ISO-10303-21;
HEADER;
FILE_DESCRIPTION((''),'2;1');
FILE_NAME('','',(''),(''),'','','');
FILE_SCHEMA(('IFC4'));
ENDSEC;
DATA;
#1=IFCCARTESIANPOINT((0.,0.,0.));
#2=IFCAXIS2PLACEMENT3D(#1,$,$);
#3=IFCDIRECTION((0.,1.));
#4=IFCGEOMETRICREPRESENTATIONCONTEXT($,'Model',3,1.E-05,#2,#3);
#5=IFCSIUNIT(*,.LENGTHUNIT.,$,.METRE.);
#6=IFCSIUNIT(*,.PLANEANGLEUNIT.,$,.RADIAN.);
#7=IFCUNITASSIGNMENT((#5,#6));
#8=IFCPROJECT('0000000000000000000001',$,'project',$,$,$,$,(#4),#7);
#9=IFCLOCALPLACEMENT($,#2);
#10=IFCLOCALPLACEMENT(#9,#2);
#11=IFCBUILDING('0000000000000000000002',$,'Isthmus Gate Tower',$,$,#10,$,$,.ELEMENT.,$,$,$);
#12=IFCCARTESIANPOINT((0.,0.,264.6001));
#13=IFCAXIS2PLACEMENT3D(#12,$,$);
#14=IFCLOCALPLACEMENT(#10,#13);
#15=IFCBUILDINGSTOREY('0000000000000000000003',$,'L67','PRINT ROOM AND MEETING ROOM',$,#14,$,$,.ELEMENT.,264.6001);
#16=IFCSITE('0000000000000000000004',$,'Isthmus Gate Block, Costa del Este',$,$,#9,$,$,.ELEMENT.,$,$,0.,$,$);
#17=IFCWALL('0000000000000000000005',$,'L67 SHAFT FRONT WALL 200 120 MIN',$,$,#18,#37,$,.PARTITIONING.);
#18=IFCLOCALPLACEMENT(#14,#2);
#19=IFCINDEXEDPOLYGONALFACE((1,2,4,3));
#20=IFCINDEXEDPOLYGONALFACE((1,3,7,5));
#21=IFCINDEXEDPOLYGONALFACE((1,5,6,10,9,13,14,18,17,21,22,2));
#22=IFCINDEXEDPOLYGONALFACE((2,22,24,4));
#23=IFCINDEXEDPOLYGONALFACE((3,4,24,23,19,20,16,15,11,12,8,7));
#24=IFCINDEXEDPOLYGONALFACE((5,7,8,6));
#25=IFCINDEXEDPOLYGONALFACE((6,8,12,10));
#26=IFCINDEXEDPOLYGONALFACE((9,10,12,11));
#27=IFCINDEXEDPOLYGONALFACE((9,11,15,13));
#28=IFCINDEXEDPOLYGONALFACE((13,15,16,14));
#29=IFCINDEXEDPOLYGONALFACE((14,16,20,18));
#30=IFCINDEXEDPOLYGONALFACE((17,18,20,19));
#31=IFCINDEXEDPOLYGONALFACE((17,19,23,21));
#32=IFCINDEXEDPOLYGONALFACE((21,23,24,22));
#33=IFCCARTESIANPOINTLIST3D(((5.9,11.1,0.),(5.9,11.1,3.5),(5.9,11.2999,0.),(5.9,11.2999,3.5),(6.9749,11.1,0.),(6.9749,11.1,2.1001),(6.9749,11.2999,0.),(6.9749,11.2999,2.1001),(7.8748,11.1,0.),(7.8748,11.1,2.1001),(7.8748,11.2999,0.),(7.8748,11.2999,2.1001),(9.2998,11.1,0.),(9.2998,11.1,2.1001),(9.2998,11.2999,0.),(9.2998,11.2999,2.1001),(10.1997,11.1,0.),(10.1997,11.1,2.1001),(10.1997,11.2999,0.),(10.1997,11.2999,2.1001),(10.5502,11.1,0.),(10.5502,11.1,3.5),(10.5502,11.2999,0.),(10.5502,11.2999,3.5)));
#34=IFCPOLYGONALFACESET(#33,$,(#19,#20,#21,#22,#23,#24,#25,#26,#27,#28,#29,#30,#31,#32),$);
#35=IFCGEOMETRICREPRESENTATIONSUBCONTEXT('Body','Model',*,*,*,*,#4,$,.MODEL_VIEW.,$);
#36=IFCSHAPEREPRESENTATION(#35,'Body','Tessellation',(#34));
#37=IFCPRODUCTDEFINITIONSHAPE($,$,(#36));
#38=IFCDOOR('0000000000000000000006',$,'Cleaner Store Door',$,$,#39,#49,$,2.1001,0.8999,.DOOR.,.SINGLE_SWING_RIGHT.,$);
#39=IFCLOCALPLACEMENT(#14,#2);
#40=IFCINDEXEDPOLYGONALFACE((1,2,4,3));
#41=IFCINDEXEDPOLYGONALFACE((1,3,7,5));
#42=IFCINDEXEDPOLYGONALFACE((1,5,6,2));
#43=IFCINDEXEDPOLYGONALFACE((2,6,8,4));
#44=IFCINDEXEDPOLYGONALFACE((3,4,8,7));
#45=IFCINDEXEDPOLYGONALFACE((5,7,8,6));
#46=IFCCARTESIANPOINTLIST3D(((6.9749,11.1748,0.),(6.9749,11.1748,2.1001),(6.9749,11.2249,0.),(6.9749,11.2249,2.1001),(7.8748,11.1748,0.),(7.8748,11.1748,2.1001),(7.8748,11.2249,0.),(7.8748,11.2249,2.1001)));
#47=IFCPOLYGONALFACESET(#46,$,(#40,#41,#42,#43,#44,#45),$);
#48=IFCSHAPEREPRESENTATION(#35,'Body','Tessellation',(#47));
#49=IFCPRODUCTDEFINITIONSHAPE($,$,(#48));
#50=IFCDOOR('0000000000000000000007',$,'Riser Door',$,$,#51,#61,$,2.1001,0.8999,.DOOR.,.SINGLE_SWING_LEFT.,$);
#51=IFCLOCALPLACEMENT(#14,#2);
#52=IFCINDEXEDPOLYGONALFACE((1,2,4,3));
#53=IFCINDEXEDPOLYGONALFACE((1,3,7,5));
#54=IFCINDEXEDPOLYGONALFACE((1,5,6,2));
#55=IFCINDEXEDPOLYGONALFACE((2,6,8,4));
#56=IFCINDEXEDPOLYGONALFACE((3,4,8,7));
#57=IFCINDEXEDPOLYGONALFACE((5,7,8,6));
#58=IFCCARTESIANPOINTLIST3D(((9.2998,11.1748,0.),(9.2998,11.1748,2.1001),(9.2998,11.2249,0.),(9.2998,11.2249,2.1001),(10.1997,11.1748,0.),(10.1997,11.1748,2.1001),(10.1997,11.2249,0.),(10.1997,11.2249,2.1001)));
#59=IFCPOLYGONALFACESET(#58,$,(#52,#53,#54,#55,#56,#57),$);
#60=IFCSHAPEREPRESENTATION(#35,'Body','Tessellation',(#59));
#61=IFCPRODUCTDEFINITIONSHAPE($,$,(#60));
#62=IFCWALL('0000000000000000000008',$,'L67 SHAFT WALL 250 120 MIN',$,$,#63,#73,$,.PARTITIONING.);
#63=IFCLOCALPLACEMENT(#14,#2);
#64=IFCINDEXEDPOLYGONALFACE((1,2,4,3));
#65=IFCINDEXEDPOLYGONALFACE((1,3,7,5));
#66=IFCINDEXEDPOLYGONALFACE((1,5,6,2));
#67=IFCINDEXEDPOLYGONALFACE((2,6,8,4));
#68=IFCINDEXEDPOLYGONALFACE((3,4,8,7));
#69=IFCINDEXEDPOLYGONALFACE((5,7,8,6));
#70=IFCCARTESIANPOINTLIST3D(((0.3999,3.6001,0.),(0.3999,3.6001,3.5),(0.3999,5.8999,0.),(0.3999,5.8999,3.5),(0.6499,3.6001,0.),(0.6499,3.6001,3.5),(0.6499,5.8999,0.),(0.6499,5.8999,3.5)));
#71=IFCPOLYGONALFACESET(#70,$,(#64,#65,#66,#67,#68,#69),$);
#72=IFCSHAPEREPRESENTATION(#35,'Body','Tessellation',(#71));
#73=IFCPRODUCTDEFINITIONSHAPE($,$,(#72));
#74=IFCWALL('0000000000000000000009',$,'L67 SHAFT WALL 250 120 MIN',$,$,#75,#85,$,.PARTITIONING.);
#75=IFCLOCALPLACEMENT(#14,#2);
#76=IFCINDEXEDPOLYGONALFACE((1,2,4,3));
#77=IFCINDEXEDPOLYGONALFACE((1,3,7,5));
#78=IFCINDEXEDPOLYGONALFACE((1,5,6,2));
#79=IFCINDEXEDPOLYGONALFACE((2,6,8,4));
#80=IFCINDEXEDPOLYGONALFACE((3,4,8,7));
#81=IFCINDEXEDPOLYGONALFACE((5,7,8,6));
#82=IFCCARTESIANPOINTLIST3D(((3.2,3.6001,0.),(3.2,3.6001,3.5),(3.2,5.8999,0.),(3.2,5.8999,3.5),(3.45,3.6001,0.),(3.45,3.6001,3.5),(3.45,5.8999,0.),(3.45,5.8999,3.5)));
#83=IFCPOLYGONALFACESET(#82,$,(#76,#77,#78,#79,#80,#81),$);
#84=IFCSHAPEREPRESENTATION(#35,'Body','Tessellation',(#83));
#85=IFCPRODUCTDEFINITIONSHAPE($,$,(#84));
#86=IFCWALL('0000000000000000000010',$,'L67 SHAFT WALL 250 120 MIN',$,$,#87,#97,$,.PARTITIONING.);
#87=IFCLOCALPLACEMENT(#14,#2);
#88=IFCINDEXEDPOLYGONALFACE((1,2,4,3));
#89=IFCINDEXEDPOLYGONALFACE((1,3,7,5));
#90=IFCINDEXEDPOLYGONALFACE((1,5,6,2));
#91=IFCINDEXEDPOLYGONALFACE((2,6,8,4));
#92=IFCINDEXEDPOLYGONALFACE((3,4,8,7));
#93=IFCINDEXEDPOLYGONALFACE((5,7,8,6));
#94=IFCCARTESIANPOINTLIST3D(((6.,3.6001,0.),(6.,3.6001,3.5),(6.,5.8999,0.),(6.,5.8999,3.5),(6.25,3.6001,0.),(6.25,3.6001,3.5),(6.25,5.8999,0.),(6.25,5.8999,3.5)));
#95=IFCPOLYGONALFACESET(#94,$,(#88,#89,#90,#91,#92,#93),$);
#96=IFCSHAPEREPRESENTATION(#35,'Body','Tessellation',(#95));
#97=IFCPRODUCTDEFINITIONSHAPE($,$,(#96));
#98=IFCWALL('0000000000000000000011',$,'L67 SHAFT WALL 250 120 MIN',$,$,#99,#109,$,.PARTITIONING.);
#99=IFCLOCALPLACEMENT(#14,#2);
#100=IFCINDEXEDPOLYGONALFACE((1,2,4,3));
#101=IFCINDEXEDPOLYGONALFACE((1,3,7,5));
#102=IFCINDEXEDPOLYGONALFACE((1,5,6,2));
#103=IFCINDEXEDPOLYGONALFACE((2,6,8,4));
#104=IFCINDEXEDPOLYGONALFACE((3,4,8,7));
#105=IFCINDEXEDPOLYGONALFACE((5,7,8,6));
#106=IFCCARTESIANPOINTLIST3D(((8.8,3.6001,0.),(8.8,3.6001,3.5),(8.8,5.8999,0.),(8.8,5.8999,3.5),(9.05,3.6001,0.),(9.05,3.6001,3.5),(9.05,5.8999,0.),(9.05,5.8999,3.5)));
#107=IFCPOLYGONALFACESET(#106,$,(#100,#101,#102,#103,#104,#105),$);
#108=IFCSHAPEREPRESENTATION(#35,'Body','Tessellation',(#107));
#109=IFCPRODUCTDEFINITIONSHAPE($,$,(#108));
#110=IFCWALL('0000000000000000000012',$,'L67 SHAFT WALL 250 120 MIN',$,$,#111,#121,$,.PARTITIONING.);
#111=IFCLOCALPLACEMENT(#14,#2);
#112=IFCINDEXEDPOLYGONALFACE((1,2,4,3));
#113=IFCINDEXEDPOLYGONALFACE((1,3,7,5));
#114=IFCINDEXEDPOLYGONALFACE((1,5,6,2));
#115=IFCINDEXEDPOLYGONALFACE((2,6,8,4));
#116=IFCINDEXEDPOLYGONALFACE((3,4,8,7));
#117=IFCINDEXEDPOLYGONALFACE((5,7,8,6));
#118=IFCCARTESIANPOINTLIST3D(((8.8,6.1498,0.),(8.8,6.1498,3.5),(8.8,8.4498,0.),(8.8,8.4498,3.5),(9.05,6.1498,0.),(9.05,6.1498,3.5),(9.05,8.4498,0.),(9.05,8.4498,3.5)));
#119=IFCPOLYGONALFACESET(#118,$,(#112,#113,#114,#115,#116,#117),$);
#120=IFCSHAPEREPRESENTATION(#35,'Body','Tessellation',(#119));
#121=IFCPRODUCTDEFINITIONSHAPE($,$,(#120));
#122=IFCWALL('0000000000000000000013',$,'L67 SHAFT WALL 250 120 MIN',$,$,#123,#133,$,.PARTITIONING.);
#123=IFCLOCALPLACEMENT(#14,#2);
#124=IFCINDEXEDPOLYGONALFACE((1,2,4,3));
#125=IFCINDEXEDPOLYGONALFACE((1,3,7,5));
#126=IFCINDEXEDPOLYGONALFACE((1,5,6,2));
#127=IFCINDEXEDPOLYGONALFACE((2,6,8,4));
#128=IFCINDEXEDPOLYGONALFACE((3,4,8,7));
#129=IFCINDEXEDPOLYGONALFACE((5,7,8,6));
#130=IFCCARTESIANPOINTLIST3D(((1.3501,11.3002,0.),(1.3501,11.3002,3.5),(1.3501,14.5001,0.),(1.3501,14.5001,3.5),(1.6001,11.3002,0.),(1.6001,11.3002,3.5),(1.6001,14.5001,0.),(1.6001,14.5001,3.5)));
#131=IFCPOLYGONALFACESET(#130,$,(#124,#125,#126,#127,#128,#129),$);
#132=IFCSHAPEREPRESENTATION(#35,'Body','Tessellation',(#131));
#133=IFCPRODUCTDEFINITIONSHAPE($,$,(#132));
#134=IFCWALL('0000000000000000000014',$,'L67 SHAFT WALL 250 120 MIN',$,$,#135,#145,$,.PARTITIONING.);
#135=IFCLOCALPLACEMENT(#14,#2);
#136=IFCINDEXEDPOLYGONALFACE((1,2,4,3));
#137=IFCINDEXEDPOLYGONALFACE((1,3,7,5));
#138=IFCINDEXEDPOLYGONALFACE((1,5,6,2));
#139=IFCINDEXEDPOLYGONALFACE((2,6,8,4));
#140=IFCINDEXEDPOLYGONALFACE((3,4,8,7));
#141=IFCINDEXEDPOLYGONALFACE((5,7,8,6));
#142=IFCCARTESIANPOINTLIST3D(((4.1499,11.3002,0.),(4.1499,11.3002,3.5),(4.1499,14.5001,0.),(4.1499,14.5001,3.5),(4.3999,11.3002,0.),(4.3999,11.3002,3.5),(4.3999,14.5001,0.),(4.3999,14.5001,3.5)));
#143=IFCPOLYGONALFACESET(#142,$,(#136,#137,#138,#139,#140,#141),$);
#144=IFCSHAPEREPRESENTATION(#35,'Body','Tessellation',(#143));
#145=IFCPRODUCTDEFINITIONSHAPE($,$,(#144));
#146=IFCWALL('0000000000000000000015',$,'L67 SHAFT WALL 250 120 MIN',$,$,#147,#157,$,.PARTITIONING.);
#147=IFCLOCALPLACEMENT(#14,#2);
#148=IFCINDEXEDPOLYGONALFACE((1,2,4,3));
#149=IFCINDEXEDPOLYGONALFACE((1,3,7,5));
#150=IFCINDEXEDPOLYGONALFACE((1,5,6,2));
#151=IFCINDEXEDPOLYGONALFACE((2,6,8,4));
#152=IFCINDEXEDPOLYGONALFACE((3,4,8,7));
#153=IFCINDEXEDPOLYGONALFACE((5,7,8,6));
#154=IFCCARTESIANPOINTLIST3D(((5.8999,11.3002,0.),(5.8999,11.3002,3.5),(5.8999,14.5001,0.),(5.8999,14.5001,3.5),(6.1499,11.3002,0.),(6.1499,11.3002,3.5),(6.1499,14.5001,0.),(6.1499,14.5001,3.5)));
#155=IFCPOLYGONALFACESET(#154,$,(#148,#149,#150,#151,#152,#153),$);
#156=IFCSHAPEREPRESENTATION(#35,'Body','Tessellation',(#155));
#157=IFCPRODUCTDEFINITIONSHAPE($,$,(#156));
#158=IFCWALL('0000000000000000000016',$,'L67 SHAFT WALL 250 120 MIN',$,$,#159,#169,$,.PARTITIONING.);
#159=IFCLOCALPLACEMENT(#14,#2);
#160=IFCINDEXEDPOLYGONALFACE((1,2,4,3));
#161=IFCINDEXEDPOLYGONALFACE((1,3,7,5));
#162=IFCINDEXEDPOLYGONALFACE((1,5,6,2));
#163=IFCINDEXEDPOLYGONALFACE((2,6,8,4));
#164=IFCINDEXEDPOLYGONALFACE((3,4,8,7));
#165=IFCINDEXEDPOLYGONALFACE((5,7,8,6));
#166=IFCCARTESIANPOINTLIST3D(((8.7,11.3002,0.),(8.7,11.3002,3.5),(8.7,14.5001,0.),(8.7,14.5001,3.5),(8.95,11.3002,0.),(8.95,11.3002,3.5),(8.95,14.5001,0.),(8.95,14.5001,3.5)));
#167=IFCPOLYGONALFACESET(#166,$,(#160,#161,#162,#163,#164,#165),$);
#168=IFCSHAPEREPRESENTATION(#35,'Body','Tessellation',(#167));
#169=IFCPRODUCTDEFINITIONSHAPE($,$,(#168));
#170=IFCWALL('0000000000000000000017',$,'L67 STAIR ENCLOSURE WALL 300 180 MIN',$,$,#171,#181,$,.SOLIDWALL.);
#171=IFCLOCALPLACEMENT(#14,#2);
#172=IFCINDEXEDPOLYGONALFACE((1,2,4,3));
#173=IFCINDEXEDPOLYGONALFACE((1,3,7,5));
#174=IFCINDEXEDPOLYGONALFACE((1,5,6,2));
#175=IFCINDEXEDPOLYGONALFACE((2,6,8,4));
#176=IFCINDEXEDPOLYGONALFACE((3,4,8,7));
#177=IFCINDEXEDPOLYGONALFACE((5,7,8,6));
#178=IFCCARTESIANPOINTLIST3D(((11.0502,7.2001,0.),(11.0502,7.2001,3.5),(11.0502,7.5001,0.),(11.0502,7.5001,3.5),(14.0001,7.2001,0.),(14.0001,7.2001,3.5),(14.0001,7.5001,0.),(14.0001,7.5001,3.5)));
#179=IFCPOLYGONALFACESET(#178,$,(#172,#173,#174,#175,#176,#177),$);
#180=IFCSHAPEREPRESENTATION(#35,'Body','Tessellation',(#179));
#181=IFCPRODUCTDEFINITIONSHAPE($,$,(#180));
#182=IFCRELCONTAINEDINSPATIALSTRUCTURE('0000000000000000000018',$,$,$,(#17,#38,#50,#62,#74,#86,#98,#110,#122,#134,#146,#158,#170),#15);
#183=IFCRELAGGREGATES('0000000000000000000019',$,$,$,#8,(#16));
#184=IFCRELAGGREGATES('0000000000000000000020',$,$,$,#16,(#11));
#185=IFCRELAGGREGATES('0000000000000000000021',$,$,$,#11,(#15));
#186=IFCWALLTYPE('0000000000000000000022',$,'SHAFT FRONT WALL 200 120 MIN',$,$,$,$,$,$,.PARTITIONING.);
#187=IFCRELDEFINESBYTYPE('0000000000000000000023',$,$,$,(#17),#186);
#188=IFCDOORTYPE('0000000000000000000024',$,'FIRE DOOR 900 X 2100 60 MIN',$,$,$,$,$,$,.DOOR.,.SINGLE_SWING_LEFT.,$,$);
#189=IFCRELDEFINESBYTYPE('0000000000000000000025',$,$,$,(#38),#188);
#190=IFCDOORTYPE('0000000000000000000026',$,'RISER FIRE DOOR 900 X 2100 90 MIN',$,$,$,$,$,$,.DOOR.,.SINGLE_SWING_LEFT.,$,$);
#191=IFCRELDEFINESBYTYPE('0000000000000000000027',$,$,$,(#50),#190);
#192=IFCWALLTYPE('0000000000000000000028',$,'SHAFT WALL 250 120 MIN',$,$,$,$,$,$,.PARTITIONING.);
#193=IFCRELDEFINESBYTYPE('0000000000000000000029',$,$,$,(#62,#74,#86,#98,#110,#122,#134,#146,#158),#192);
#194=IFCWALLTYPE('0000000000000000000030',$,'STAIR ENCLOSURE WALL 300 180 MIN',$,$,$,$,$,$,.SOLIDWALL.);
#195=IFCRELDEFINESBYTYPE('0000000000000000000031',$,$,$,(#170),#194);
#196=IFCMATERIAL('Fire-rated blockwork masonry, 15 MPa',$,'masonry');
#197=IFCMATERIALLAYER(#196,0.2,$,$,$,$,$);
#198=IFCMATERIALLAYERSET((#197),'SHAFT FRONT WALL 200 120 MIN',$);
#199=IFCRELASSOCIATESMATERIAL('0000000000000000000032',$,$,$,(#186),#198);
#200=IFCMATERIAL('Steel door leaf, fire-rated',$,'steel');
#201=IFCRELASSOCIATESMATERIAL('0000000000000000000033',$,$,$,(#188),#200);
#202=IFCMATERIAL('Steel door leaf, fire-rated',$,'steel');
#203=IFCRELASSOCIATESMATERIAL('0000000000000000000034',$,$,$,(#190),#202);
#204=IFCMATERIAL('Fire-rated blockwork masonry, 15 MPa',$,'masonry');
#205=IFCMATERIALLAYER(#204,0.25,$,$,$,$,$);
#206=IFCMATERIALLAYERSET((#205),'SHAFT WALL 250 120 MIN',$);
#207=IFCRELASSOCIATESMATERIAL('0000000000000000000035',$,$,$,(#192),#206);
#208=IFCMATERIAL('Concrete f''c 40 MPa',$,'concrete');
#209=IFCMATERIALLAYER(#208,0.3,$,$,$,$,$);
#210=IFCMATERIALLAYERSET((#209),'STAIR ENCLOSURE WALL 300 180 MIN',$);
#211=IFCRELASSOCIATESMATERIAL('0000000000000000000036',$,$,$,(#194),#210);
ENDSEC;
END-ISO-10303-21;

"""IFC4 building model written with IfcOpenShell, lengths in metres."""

from ifc_helpers import new_model, si_unit, direction, frame, frame_2d, origin, place, context, subcontext, project, spatial, rectangle, extrude, material, layer, layer_set, type_object, element, fill, save


model = new_model("IFC4")

# Units and contexts
model_context = context("Model", 3, precision=1e-05, world=origin(), true_north=direction((0.0, 1.0)))
body_context = subcontext(model_context, "Body", "Model", "MODEL_VIEW")
ifc_project = project(units=[si_unit("LENGTHUNIT", "METRE"), si_unit("PLANEANGLEUNIT", "RADIAN")], contexts=[model_context])

# Site, building, storey
site_placement = place(None, origin())
site = spatial("IfcSite", under=ifc_project, at=site_placement, Name="Isthmus Gate Block, Costa del Este", CompositionType="ELEMENT", RefElevation=0.0)
building_placement = place(site_placement, origin())
building = spatial("IfcBuilding", under=site, at=building_placement, Name="Isthmus Gate Tower", CompositionType="ELEMENT")
storey_placement = place(building_placement, frame((0.0, 0.0, 264.6001)))
storey = spatial("IfcBuildingStorey", under=building, at=storey_placement, Name="L67", Description="PRINT ROOM AND MEETING ROOM", CompositionType="ELEMENT", Elevation=264.6001)

# Wall, openings, doors
ifc_material_1 = material(Name="Fire-rated blockwork masonry, 15 MPa", Category="masonry")
ifc_layer_1 = layer(ifc_material_1, 0.2)
ifc_layer_set_1 = layer_set([ifc_layer_1], Name="SHAFT FRONT WALL 200 120 MIN")
wall_type_1 = type_object("IfcWallType", Name="SHAFT FRONT WALL 200 120 MIN", PredefinedType="PARTITIONING", material=ifc_layer_set_1)
wall_1_placement = place(storey_placement, frame((5.8999, 11.2, 0.0), z_axis=(0.0, 0.0, 1.0), x_axis=(1.0, 0.0, 0.0)))
wall_1 = element("IfcWall", 1, at=wall_1_placement, inside=storey, type_object=wall_type_1, Name="L67 SHAFT FRONT WALL 200 120 MIN", PredefinedType="PARTITIONING", context=body_context, shape_type="SweptSolid", body=[
    extrude(rectangle(XDim=4.6501, YDim=0.2, at=frame_2d((2.3252, 0.0))), origin(), (0.0, 0.0, 1.0), 3.5),
])
opening_1_placement = place(wall_1_placement, frame((1.075, 0.0, 0.0)))
opening_1 = element("IfcOpeningElement", 2, at=opening_1_placement, cuts=wall_1, PredefinedType="OPENING", context=body_context, shape_type="SweptSolid", body=[
    extrude(rectangle(XDim=0.8999, YDim=2.1001, at=frame_2d((0.45, 1.05))), frame((0.0, 0.1099, 0.0), z_axis=(0.0, -1.0, 0.0), x_axis=(1.0, 0.0, 0.0)), (0.0, 0.0, 1.0), 0.22),
])
opening_2_placement = place(wall_1_placement, frame((3.3999, 0.0, 0.0)))
opening_2 = element("IfcOpeningElement", 3, at=opening_2_placement, cuts=wall_1, PredefinedType="OPENING", context=body_context, shape_type="SweptSolid", body=[
    extrude(rectangle(XDim=0.8999, YDim=2.1001, at=frame_2d((0.45, 1.05))), frame((0.0, 0.1099, 0.0), z_axis=(0.0, -1.0, 0.0), x_axis=(1.0, 0.0, 0.0)), (0.0, 0.0, 1.0), 0.22),
])
ifc_material_2 = material(Name="Steel door leaf, fire-rated", Category="steel")
door_type_1 = type_object("IfcDoorType", Name="FIRE DOOR 900 X 2100 60 MIN", OperationType="SINGLE_SWING_LEFT", PredefinedType="DOOR", material=ifc_material_2)
door_1_placement = place(opening_1_placement, origin())
door_1 = element("IfcDoor", 4, at=door_1_placement, inside=storey, type_object=door_type_1, Name="Cleaner Store Door", OperationType="SINGLE_SWING_RIGHT", OverallHeight=2.1001, OverallWidth=0.8999, PredefinedType="DOOR", context=body_context, shape_type="SweptSolid", body=[
    extrude(rectangle(XDim=0.8999, YDim=2.1001, at=frame_2d((0.45, 1.05))), frame((0.0, 0.0249, 0.0), z_axis=(0.0, -1.0, 0.0), x_axis=(1.0, 0.0, 0.0)), (0.0, 0.0, 1.0), 0.05),
])
fill(opening_1, door_1)
ifc_material_3 = material(Name="Steel door leaf, fire-rated", Category="steel")
door_type_2 = type_object("IfcDoorType", Name="RISER FIRE DOOR 900 X 2100 90 MIN", OperationType="SINGLE_SWING_LEFT", PredefinedType="DOOR", material=ifc_material_3)
door_2_placement = place(opening_2_placement, origin())
door_2 = element("IfcDoor", 5, at=door_2_placement, inside=storey, type_object=door_type_2, Name="Riser Door", OperationType="SINGLE_SWING_LEFT", OverallHeight=2.1001, OverallWidth=0.8999, PredefinedType="DOOR", context=body_context, shape_type="SweptSolid", body=[
    extrude(rectangle(XDim=0.8999, YDim=2.1001, at=frame_2d((0.45, 1.05))), frame((0.0, 0.0249, 0.0), z_axis=(0.0, -1.0, 0.0), x_axis=(1.0, 0.0, 0.0)), (0.0, 0.0, 1.0), 0.05),
])
fill(opening_2, door_2)

# Walls
ifc_material_4 = material(Name="Fire-rated blockwork masonry, 15 MPa", Category="masonry")
ifc_layer_2 = layer(ifc_material_4, 0.25)
ifc_layer_set_2 = layer_set([ifc_layer_2], Name="SHAFT WALL 250 120 MIN")
wall_type_2 = type_object("IfcWallType", Name="SHAFT WALL 250 120 MIN", PredefinedType="PARTITIONING", material=ifc_layer_set_2)
for number, where, z_axis, x_axis, name in (
    (6, (0.5249, 3.6001, 0.0), (0.0, 0.0, 1.0), (0.0, 1.0, 0.0), "L67 SHAFT WALL 250 120 MIN"),
    (7, (3.325, 3.6001, 0.0), (0.0, 0.0, 1.0), (0.0, 1.0, 0.0), "L67 SHAFT WALL 250 120 MIN"),
    (8, (6.125, 3.6001, 0.0), (0.0, 0.0, 1.0), (0.0, 1.0, 0.0), "L67 SHAFT WALL 250 120 MIN"),
    (9, (8.925, 3.6001, 0.0), (0.0, 0.0, 1.0), (0.0, 1.0, 0.0), "L67 SHAFT WALL 250 120 MIN"),
):
    element("IfcWall", number, at=place(storey_placement, frame(where, z_axis=z_axis, x_axis=x_axis)), inside=storey, type_object=wall_type_2, Name=name, PredefinedType="PARTITIONING", context=body_context, shape_type="SweptSolid", body=[
        extrude(rectangle(XDim=2.2998, YDim=0.25, at=frame_2d((1.1499, 0.0))), origin(), (0.0, 0.0, 1.0), 3.5),
    ])
wall_2_placement = place(storey_placement, frame((8.925, 6.1499, 0.0), z_axis=(0.0, 0.0, 1.0), x_axis=(0.0, 1.0, 0.0)))
element("IfcWall", 10, at=wall_2_placement, inside=storey, type_object=wall_type_2, Name="L67 SHAFT WALL 250 120 MIN", PredefinedType="PARTITIONING", context=body_context, shape_type="SweptSolid", body=[
    extrude(rectangle(XDim=2.3, YDim=0.25, at=frame_2d((1.1499, 0.0))), origin(), (0.0, 0.0, 1.0), 3.5),
])
for number, where, z_axis, x_axis, name in (
    (11, (1.4751, 11.3, 0.0), (0.0, 0.0, 1.0), (0.0, 1.0, 0.0), "L67 SHAFT WALL 250 120 MIN"),
    (12, (4.2749, 11.3, 0.0), (0.0, 0.0, 1.0), (0.0, 1.0, 0.0), "L67 SHAFT WALL 250 120 MIN"),
    (13, (6.0249, 11.3, 0.0), (0.0, 0.0, 1.0), (0.0, 1.0, 0.0), "L67 SHAFT WALL 250 120 MIN"),
    (14, (8.825, 11.3, 0.0), (0.0, 0.0, 1.0), (0.0, 1.0, 0.0), "L67 SHAFT WALL 250 120 MIN"),
):
    element("IfcWall", number, at=place(storey_placement, frame(where, z_axis=z_axis, x_axis=x_axis)), inside=storey, type_object=wall_type_2, Name=name, PredefinedType="PARTITIONING", context=body_context, shape_type="SweptSolid", body=[
        extrude(rectangle(XDim=3.2, YDim=0.25, at=frame_2d((1.6001, 0.0))), origin(), (0.0, 0.0, 1.0), 3.5),
    ])
ifc_material_5 = material(Name="Concrete f'c 40 MPa", Category="concrete")
ifc_layer_3 = layer(ifc_material_5, 0.3)
ifc_layer_set_3 = layer_set([ifc_layer_3], Name="STAIR ENCLOSURE WALL 300 180 MIN")
wall_type_3 = type_object("IfcWallType", Name="STAIR ENCLOSURE WALL 300 180 MIN", PredefinedType="SOLIDWALL", material=ifc_layer_set_3)
wall_3_placement = place(storey_placement, frame((11.05, 7.3501, 0.0), z_axis=(0.0, 0.0, 1.0), x_axis=(1.0, 0.0, 0.0)))
element("IfcWall", 15, at=wall_3_placement, inside=storey, type_object=wall_type_3, Name="L67 STAIR ENCLOSURE WALL 300 180 MIN", PredefinedType="SOLIDWALL", context=body_context, shape_type="SweptSolid", body=[
    extrude(rectangle(XDim=2.95, YDim=0.3, at=frame_2d((1.4751, 0.0))), origin(), (0.0, 0.0, 1.0), 3.5),
])

save(model, "model.ifc")
